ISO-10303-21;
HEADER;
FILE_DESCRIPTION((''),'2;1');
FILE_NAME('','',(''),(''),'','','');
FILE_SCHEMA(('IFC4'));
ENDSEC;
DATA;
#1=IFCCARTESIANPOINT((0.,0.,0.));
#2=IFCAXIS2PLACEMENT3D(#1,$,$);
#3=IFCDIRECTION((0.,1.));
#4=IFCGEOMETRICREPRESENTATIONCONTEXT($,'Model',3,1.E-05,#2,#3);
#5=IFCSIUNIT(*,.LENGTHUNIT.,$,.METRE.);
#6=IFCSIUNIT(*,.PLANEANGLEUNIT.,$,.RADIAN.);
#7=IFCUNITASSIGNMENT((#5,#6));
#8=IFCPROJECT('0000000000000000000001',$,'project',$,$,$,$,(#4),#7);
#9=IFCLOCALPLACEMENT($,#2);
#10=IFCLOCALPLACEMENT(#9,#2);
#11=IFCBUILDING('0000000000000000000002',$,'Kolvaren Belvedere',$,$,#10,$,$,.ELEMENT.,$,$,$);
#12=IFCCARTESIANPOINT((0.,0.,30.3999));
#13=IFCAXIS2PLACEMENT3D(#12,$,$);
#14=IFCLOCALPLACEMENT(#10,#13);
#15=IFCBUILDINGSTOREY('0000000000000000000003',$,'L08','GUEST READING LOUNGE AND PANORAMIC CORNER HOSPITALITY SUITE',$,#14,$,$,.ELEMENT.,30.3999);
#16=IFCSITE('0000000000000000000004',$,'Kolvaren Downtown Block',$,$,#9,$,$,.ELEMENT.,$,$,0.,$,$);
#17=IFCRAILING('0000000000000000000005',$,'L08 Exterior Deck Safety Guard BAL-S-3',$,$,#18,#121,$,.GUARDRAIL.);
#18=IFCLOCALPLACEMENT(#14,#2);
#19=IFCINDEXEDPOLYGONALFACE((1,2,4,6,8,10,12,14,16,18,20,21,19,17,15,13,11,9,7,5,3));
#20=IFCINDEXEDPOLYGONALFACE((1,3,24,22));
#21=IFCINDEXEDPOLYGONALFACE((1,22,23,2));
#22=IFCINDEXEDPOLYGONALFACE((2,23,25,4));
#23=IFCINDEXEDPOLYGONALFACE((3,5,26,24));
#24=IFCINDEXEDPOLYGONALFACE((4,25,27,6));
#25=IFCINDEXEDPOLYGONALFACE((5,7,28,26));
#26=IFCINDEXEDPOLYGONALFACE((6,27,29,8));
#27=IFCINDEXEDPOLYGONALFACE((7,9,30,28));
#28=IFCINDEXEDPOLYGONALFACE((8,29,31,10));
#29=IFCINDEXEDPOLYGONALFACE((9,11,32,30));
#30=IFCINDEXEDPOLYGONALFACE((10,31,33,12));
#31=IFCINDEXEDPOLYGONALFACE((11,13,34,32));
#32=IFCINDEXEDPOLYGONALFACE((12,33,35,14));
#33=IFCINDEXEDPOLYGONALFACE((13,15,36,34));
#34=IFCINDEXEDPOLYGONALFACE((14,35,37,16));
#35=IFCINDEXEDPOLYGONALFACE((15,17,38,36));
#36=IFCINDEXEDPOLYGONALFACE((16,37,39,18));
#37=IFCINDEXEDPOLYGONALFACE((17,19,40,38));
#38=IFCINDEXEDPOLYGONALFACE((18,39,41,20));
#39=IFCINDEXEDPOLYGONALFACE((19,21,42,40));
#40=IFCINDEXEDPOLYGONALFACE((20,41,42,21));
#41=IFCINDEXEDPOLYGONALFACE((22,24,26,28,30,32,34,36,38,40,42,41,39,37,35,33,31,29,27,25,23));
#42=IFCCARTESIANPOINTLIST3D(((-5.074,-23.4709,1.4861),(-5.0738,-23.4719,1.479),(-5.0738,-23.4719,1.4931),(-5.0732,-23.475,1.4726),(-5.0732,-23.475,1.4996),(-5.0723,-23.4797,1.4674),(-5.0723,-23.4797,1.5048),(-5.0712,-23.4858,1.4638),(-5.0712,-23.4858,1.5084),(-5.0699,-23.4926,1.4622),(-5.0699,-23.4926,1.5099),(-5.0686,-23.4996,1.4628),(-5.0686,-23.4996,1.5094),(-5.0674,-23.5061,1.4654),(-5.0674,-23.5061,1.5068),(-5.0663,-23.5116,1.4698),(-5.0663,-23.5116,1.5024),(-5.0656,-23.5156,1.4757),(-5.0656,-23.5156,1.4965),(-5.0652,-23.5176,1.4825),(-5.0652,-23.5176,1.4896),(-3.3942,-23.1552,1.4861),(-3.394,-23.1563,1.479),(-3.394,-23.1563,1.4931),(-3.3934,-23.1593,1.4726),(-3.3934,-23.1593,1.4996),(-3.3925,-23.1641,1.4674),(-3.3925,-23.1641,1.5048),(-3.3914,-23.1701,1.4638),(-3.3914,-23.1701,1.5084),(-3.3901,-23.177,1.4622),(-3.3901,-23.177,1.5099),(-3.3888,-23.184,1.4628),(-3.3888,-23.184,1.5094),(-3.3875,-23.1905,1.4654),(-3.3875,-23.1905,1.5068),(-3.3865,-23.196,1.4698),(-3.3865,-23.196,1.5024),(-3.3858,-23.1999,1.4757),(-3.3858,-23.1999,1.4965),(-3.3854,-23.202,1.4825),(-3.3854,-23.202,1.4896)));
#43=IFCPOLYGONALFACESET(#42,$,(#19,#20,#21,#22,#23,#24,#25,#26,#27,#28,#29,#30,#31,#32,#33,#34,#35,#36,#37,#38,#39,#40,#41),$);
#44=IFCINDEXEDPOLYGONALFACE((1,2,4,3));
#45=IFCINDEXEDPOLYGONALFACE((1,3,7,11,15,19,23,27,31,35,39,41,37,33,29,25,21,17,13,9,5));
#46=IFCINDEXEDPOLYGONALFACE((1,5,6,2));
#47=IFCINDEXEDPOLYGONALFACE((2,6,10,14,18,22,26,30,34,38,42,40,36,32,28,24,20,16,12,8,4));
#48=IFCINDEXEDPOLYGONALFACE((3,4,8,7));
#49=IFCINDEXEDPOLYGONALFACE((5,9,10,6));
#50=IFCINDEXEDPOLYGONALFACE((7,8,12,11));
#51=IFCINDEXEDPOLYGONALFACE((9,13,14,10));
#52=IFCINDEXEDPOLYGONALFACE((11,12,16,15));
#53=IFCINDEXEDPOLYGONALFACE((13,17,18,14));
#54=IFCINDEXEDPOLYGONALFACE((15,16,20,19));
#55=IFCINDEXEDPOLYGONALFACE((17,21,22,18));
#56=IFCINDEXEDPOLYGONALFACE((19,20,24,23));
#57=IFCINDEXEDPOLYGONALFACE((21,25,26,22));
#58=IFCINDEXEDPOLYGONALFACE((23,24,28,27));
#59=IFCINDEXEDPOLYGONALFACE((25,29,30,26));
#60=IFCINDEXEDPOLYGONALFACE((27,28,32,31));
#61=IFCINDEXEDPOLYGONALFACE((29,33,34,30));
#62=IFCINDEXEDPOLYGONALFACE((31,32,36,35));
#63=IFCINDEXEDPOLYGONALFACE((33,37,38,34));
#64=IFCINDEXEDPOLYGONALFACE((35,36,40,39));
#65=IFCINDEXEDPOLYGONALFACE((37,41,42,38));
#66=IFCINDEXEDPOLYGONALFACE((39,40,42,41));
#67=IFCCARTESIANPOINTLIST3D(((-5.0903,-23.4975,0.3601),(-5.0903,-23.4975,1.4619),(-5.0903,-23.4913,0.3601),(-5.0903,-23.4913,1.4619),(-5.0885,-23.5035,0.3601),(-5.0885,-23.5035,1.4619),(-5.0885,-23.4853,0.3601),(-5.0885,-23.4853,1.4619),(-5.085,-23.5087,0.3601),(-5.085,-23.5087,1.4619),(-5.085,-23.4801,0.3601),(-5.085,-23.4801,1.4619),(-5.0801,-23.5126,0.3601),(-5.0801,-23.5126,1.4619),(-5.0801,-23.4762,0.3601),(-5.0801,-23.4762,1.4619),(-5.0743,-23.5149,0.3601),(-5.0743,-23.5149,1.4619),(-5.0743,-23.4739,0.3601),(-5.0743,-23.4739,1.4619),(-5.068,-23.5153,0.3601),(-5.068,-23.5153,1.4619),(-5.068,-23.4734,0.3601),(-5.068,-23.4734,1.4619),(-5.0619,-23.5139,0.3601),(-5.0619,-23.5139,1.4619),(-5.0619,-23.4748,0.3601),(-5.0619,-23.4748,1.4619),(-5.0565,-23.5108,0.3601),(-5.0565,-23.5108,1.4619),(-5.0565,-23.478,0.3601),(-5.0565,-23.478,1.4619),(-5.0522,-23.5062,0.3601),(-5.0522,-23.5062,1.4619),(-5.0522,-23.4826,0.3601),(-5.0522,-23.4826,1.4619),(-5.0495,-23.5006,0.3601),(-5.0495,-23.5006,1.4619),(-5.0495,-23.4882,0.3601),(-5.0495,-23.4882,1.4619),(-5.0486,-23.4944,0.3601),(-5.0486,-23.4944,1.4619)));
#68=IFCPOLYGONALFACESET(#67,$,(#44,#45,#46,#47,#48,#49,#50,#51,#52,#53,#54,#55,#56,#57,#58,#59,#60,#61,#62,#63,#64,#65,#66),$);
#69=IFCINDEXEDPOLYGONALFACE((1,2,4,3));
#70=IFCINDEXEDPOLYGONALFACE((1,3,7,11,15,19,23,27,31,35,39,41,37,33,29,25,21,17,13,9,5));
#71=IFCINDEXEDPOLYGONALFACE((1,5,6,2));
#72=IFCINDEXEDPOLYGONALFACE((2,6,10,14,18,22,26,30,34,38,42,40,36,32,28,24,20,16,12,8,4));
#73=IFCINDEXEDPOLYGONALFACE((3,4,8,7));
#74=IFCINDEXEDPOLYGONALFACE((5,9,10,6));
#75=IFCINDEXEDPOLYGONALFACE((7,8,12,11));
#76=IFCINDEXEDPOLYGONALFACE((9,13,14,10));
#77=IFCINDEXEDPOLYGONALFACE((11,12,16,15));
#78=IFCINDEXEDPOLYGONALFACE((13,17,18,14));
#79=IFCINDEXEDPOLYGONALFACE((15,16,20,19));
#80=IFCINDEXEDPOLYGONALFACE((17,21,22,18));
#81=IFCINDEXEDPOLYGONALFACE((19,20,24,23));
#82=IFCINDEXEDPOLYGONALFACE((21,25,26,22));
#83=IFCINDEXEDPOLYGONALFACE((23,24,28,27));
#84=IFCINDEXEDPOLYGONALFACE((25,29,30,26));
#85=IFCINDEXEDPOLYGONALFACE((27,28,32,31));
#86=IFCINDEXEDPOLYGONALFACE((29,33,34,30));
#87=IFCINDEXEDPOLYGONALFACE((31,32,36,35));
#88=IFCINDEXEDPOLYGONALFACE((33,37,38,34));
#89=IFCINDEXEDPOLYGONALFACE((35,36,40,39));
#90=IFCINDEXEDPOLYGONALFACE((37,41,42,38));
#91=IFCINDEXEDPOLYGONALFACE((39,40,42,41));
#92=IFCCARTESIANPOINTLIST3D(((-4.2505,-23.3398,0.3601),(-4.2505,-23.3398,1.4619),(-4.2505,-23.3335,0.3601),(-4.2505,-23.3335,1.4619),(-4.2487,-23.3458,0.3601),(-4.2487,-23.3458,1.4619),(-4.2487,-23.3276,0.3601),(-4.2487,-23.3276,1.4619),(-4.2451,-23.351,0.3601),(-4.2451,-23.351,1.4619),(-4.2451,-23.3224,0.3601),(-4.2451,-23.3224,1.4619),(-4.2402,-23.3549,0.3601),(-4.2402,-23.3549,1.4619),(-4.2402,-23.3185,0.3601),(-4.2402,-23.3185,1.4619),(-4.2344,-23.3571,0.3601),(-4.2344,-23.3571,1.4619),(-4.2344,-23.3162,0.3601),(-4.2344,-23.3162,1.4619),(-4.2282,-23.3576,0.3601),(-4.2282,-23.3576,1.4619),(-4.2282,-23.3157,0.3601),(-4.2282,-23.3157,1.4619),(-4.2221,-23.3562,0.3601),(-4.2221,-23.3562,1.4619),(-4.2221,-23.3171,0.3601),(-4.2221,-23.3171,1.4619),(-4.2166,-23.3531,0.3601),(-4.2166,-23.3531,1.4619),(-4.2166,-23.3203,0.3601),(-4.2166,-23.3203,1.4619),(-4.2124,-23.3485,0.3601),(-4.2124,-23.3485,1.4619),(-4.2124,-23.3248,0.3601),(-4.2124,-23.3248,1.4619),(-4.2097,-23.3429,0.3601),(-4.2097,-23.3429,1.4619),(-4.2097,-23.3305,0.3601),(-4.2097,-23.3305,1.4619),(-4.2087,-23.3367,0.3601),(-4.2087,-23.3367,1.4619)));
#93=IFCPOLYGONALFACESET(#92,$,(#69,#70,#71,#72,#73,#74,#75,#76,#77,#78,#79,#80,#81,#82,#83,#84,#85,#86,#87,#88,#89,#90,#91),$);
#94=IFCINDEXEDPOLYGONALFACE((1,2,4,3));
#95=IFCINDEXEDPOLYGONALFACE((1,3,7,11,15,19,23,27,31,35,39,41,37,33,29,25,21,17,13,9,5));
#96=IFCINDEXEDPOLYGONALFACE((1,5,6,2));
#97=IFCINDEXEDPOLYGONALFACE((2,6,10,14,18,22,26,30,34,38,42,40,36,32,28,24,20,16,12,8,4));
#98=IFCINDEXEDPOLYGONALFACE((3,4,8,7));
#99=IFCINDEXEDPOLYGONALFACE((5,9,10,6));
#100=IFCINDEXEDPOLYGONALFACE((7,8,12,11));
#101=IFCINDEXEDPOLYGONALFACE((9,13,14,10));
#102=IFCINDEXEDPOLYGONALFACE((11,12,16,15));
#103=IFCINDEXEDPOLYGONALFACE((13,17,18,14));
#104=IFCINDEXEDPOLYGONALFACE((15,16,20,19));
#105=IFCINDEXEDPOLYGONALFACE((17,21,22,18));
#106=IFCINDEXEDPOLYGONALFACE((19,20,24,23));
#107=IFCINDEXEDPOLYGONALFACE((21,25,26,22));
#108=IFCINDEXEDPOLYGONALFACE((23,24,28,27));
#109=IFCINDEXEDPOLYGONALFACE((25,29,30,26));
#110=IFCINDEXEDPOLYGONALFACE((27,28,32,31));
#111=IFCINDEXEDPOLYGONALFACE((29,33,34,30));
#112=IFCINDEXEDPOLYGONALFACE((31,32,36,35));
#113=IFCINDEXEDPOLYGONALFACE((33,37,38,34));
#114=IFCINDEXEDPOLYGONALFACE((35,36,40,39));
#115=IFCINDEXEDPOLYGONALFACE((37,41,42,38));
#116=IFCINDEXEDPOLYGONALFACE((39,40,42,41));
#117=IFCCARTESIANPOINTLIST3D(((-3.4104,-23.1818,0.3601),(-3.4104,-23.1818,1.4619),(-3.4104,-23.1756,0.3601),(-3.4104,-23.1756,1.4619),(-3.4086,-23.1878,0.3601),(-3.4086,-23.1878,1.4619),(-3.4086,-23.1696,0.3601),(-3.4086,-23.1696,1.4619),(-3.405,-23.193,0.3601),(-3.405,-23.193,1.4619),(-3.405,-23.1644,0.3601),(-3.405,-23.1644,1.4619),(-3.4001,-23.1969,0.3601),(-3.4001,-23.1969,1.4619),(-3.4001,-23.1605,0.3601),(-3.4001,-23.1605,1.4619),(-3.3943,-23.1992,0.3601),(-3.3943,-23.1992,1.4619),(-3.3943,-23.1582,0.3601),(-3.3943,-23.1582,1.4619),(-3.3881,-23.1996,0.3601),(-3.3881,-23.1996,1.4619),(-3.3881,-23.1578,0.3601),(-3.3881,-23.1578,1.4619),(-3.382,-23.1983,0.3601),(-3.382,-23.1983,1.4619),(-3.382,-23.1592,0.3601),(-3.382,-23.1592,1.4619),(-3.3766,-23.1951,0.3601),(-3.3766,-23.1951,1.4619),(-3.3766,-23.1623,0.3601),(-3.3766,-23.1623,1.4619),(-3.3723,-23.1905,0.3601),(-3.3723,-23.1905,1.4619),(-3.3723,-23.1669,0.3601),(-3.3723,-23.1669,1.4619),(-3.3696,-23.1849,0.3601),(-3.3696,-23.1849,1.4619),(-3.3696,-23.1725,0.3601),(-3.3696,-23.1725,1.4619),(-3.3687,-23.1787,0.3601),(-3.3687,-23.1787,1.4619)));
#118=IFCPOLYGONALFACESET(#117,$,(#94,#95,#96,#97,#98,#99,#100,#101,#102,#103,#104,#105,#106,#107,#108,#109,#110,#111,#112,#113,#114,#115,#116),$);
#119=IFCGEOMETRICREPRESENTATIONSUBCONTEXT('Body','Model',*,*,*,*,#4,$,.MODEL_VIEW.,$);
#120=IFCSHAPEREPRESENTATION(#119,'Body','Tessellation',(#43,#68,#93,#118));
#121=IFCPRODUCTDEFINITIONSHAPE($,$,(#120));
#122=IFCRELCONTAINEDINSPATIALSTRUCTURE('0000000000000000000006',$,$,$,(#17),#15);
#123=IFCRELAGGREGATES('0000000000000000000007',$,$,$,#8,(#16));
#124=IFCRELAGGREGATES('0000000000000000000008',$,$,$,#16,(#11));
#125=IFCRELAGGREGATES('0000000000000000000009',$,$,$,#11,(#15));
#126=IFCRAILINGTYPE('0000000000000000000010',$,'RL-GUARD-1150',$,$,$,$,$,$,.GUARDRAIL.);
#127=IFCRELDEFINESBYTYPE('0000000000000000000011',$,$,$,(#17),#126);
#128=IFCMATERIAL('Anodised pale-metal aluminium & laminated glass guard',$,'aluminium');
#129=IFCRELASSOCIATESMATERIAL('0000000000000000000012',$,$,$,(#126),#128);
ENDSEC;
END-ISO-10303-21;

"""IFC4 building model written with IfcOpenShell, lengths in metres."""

from ifc_helpers import new_model, si_unit, direction, frame, origin, origin_2d, place, context, subcontext, project, spatial, circle, extrude, material, type_object, element, save


model = new_model("IFC4")

# Units and contexts
model_context = context("Model", 3, precision=1e-05, world=origin(), true_north=direction((0.0, 1.0)))
body_context = subcontext(model_context, "Body", "Model", "MODEL_VIEW")
ifc_project = project(units=[si_unit("LENGTHUNIT", "METRE"), si_unit("PLANEANGLEUNIT", "RADIAN")], contexts=[model_context])

# Site, building, storey
site_placement = place(None, origin())
site = spatial("IfcSite", under=ifc_project, at=site_placement, Name="Kolvaren Downtown Block", CompositionType="ELEMENT", RefElevation=0.0)
building_placement = place(site_placement, origin())
building = spatial("IfcBuilding", under=site, at=building_placement, Name="Kolvaren Belvedere", CompositionType="ELEMENT")
storey_placement = place(building_placement, frame((0.0, 0.0, 30.3999)))
storey = spatial("IfcBuildingStorey", under=building, at=storey_placement, Name="L08", Description="GUEST READING LOUNGE AND PANORAMIC CORNER HOSPITALITY SUITE", CompositionType="ELEMENT", Elevation=30.3999)

# Railing
ifc_material_1 = material(Name="Anodised pale-metal aluminium & laminated glass guard", Category="aluminium")
railing_type = type_object("IfcRailingType", Name="RL-GUARD-1150", PredefinedType="GUARDRAIL", material=ifc_material_1)
railing_1_placement = place(storey_placement, frame((-5.0696, -23.4944, 0.3601)))
element("IfcRailing", 1, at=railing_1_placement, inside=storey, type_object=railing_type, Name="L08 Exterior Deck Safety Guard BAL-S-3", PredefinedType="GUARDRAIL", context=body_context, shape_type="SweptSolid", body=[
    extrude(circle(Radius=0.0239, at=origin_2d()), frame((0.0, 0.0, 1.126), z_axis=(0.982799, 0.184677, 0.0), x_axis=(-0.184677, 0.982799, 0.0)), (0.0, 0.0, 1.0), 1.7092),
    extrude(circle(Radius=0.021, at=origin_2d()), origin(), (0.0, 0.0, 1.0), 1.1018),
    extrude(circle(Radius=0.021, at=origin_2d()), frame((0.8398, 0.1577, 0.0)), (0.0, 0.0, 1.0), 1.1018),
    extrude(circle(Radius=0.021, at=origin_2d()), frame((1.6799, 0.3157, 0.0)), (0.0, 0.0, 1.0), 1.1018),
])

save(model, "model.ifc")
